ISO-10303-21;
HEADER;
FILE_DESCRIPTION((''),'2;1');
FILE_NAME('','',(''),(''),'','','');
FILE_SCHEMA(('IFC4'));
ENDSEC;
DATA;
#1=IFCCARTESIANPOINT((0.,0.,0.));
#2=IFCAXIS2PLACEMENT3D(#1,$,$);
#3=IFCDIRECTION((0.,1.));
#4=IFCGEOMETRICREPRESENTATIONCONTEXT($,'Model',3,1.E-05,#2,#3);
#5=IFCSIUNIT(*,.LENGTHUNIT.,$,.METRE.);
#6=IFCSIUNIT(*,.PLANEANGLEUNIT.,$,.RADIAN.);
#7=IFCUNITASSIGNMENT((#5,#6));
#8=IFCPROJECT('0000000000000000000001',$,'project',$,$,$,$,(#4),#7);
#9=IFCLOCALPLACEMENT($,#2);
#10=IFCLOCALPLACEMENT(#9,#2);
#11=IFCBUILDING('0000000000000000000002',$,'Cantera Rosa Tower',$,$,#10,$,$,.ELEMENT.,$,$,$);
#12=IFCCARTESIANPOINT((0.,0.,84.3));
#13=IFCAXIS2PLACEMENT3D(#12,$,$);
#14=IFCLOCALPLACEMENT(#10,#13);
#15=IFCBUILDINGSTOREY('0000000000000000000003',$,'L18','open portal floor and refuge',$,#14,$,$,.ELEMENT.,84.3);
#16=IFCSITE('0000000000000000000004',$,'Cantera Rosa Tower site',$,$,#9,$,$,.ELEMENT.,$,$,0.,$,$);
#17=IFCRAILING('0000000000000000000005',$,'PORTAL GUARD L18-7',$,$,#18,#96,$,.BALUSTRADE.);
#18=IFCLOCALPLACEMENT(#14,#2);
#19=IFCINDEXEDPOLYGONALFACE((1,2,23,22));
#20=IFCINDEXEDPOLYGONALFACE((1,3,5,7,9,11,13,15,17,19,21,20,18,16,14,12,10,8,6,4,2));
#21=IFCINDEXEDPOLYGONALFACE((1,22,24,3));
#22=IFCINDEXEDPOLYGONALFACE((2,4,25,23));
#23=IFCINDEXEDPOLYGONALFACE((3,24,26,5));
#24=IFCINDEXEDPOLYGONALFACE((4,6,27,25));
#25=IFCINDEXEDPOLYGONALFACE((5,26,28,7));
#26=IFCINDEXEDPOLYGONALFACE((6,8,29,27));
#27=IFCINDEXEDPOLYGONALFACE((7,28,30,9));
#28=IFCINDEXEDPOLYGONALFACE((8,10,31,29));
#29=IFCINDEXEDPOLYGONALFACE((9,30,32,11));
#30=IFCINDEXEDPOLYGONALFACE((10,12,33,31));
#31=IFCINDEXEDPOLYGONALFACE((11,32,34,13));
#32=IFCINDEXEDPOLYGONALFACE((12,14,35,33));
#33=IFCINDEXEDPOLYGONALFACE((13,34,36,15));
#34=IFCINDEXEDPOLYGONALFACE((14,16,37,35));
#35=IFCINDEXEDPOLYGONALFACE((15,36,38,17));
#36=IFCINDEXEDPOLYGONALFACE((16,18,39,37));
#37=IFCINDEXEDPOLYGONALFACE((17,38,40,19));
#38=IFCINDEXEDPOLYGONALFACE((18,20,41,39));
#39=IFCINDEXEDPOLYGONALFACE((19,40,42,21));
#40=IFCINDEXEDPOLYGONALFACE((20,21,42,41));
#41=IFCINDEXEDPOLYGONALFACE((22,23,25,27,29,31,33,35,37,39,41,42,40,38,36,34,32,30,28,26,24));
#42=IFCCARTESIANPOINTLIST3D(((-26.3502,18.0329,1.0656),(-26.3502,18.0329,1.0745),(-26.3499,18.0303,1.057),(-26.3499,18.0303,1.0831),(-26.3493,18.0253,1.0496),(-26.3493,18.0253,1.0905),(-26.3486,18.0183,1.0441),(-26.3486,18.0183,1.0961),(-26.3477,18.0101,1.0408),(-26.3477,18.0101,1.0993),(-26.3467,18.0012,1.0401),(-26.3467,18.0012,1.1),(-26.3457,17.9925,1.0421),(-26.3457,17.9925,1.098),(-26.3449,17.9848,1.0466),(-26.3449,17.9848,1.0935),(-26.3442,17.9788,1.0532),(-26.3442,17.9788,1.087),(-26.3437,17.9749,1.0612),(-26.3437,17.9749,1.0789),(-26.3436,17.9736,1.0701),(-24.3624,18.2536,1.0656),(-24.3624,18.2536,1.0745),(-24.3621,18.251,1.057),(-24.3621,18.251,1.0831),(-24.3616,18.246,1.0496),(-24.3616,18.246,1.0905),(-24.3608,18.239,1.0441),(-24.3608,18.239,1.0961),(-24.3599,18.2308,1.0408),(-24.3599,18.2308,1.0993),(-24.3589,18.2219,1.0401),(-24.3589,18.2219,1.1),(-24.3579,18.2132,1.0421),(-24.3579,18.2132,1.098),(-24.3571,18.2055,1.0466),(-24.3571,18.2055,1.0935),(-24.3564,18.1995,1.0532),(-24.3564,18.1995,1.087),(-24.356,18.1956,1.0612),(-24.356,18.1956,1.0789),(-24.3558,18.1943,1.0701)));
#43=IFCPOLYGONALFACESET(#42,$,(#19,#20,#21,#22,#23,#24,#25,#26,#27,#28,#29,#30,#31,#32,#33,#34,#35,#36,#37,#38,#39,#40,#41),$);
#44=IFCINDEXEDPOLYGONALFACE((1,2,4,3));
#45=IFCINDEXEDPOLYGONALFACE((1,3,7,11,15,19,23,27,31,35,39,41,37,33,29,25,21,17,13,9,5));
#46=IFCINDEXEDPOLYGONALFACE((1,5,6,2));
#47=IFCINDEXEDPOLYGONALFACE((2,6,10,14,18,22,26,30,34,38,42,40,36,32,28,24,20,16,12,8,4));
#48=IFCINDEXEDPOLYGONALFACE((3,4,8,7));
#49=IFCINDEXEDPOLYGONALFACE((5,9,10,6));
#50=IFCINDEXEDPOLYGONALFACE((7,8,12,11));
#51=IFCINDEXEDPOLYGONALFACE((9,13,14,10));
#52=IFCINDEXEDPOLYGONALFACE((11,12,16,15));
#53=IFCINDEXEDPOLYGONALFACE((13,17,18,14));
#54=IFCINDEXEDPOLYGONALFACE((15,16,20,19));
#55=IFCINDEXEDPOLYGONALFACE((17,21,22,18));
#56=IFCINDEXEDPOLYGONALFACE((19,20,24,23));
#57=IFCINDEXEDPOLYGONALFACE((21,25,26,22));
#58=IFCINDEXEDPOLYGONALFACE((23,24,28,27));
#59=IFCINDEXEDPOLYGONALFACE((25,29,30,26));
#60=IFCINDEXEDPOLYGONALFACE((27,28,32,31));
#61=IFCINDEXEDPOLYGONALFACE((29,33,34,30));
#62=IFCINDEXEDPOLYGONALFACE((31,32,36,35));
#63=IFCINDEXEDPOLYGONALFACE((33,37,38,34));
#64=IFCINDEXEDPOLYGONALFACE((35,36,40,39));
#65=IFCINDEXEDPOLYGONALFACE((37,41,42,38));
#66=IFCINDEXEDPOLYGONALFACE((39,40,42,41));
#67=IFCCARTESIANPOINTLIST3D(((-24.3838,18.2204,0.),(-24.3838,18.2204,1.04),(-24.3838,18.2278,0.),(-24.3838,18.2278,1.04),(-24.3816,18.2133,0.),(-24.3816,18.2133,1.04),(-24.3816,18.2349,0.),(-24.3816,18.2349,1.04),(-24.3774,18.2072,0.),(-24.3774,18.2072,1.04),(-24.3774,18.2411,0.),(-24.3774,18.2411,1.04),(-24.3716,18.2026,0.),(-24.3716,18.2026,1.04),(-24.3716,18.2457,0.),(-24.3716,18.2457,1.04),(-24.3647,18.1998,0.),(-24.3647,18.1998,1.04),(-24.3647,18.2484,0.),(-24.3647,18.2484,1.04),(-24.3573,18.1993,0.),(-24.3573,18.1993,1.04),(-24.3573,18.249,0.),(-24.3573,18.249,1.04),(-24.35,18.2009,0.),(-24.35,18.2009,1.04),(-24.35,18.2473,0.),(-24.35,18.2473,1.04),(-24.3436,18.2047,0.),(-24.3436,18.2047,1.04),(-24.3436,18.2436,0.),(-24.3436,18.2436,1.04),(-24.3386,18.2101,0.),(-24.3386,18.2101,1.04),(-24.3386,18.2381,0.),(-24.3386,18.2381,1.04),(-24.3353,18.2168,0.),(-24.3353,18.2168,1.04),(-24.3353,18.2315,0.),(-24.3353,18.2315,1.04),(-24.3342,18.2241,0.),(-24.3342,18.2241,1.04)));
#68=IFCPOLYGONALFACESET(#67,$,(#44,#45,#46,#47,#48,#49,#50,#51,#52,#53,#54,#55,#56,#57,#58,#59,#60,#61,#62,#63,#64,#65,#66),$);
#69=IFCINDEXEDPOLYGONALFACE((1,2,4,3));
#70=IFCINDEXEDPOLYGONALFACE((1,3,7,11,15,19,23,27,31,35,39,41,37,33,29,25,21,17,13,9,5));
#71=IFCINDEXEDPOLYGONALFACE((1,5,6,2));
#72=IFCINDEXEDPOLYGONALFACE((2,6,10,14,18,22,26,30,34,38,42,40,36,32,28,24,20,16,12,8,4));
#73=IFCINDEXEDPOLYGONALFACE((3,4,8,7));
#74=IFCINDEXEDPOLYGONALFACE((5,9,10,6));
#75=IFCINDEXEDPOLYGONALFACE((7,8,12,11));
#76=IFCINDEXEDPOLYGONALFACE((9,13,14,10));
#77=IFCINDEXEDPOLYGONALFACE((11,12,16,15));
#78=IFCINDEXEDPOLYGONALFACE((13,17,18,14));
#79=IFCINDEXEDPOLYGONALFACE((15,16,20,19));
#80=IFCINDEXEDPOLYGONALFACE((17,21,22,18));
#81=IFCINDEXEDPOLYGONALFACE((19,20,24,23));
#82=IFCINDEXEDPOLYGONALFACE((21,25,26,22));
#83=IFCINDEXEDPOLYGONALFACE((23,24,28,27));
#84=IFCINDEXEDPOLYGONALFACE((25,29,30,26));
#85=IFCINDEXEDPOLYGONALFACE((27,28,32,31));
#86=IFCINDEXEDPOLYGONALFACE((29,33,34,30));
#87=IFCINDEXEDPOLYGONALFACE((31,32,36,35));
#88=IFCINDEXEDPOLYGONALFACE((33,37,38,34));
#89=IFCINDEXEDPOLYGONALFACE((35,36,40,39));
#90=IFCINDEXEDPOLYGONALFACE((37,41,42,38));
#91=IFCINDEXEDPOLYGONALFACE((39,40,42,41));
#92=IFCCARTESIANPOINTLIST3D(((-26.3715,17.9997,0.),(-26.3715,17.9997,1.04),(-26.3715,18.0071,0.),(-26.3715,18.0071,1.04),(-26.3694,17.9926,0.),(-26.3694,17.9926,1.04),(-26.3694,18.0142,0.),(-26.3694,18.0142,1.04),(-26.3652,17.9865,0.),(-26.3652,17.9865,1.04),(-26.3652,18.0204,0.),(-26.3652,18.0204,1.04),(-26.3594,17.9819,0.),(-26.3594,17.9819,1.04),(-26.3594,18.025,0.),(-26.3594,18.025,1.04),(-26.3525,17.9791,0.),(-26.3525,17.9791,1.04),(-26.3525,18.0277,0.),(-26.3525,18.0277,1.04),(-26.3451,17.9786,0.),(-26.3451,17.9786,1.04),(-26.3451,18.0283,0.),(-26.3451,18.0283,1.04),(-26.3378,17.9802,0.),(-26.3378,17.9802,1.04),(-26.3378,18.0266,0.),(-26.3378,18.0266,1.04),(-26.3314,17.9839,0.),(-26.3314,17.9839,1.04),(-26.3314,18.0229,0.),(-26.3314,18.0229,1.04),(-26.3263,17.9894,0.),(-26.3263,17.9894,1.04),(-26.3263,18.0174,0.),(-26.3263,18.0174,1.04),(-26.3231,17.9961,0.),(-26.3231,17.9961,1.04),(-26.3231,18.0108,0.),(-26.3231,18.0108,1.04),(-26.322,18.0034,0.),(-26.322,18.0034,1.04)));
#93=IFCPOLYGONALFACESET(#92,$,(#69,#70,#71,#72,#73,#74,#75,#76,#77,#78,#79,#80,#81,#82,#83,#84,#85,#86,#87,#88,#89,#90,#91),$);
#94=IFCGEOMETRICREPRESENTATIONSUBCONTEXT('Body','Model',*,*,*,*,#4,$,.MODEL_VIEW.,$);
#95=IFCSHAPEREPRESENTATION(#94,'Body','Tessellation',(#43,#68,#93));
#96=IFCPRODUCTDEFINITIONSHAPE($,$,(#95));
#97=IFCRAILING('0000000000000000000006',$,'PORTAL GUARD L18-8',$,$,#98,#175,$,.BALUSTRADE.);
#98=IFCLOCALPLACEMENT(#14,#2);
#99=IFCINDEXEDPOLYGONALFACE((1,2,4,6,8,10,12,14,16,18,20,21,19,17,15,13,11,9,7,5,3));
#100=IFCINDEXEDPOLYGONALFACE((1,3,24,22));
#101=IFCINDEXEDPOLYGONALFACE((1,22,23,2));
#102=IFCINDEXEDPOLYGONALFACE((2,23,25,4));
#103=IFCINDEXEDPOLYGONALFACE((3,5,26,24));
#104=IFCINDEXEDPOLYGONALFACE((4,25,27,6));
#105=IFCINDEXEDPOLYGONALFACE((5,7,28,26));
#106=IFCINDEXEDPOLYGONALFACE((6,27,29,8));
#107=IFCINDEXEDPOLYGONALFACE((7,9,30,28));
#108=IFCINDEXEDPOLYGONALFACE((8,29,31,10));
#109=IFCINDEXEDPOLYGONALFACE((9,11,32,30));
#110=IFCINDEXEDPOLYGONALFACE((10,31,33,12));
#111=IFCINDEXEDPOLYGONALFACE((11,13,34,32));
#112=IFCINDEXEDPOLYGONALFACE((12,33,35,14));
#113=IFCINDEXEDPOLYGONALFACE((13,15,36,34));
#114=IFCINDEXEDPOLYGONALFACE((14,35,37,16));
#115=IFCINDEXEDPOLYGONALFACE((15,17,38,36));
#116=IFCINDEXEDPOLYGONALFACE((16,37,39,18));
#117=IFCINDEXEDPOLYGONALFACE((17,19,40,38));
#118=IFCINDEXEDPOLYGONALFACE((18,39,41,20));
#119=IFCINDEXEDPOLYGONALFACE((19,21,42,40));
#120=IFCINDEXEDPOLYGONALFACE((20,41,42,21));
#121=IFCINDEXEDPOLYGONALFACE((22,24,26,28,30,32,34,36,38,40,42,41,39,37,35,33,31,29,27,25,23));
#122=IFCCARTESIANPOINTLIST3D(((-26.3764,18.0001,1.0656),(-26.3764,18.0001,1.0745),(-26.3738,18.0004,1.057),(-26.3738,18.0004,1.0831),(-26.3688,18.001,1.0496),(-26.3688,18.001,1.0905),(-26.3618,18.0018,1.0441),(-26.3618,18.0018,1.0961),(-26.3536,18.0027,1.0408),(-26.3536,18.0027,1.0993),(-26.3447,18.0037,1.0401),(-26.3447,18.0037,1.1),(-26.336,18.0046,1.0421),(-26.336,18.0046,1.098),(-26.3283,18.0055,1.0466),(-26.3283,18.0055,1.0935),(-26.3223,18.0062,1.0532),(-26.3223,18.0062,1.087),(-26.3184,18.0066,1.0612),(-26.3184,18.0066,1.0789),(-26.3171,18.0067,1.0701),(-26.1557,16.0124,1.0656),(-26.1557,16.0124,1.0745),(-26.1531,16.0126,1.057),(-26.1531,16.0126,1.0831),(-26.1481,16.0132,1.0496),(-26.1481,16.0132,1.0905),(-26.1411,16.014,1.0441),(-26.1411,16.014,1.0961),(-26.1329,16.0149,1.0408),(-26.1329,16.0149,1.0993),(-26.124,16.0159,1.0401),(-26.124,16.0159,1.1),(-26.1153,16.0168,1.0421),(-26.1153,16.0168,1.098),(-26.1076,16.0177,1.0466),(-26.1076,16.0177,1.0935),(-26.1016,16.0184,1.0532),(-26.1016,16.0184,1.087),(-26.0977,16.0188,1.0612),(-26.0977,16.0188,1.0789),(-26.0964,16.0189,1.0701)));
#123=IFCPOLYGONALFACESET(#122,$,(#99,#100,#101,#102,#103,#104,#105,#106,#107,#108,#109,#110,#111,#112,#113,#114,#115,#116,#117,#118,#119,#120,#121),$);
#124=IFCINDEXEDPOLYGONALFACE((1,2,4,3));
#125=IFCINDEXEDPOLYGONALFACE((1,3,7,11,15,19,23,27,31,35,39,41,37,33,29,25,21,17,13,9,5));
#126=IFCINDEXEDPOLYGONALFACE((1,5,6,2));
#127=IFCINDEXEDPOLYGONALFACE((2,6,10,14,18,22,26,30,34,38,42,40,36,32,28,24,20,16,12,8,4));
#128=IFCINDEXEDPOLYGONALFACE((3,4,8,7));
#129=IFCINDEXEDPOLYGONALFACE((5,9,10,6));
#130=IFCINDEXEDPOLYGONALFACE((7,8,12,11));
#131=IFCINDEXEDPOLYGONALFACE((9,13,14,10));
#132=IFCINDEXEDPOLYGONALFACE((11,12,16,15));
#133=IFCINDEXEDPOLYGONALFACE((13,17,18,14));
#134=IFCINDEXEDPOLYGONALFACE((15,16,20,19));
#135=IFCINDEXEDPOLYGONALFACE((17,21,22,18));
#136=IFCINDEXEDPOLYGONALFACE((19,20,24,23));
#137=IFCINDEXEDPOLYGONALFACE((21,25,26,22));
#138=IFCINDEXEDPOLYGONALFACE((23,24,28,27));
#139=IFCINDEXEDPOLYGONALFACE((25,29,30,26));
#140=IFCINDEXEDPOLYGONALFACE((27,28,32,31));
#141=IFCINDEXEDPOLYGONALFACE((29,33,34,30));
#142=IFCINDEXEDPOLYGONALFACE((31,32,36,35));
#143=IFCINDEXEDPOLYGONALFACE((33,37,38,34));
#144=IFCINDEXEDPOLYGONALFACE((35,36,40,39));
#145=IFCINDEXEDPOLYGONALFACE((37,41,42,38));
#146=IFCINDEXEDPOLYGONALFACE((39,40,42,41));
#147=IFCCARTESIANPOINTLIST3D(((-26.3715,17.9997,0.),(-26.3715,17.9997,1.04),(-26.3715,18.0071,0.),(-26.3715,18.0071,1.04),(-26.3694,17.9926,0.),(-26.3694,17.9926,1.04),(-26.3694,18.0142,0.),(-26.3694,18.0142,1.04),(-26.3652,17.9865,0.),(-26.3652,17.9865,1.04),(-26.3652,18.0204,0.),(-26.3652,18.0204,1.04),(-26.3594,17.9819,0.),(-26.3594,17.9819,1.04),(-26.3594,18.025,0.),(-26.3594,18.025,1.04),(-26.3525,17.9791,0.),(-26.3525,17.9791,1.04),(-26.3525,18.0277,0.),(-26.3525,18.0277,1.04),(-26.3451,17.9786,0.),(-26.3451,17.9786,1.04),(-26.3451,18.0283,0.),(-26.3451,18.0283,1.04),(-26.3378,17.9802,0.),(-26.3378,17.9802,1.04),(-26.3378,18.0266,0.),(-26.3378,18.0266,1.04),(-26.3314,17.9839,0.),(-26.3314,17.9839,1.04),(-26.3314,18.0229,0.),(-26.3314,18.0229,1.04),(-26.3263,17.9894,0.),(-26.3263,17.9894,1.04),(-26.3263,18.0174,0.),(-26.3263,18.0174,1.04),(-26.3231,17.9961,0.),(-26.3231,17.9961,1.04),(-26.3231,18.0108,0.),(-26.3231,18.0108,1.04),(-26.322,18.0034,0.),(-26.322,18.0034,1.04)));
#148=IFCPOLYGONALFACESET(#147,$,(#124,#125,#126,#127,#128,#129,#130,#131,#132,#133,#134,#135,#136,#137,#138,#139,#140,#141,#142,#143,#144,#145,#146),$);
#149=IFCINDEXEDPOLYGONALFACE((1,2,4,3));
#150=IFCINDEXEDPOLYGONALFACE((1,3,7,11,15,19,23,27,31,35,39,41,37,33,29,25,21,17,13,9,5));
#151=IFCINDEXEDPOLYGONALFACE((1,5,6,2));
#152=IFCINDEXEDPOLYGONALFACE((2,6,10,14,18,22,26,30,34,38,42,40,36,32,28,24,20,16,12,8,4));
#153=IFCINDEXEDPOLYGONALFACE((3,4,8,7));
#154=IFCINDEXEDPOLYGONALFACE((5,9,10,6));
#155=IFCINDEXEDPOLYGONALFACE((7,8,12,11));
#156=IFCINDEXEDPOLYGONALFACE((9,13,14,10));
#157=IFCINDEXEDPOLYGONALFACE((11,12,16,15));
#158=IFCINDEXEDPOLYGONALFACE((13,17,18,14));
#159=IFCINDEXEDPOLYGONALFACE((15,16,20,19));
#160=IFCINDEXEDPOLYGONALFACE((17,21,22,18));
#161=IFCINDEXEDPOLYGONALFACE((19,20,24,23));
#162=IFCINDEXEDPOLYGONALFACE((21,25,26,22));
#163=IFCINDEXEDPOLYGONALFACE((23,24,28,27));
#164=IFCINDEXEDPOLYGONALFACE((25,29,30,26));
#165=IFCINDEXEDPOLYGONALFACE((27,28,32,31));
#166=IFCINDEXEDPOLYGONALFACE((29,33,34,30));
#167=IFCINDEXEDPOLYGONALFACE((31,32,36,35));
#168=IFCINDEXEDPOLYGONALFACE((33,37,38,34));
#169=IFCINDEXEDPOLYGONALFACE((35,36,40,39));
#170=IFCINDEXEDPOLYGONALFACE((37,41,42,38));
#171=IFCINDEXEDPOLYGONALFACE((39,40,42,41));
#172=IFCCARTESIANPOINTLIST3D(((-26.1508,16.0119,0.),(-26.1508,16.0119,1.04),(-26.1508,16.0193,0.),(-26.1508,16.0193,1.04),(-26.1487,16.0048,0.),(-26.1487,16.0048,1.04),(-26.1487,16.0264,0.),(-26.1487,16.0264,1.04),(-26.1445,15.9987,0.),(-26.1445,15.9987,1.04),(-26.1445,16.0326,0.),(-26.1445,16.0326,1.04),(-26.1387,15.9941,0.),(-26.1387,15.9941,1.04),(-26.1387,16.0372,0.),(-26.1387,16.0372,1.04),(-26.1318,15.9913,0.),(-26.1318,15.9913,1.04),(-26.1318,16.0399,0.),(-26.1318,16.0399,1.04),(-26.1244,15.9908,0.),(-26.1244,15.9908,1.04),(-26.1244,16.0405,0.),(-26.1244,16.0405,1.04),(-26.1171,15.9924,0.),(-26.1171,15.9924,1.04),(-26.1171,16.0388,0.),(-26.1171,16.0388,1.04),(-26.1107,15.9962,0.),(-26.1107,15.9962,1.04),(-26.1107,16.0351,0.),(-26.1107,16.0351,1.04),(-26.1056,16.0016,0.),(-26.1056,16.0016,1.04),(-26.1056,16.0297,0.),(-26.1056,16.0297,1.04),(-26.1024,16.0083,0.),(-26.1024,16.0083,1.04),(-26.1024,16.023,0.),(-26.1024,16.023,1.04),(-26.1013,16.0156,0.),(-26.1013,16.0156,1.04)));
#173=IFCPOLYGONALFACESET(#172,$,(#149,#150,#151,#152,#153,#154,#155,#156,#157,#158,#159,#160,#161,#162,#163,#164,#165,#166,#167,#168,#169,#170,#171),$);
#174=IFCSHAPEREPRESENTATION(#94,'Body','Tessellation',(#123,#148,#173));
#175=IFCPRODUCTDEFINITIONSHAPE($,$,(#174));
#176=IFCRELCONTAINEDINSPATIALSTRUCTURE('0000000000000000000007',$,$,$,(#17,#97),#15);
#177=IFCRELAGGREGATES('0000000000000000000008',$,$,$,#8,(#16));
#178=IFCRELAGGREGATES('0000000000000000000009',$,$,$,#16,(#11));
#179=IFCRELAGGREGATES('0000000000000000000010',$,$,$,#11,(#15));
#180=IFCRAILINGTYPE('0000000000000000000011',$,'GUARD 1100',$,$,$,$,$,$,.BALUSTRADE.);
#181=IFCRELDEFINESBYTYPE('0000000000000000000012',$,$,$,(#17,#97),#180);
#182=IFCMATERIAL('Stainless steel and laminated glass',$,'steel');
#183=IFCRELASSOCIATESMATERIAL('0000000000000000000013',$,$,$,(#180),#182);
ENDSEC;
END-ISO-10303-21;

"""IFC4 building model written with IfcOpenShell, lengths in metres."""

from ifc_helpers import new_model, si_unit, direction, frame, origin, origin_2d, place, context, subcontext, project, spatial, circle, extrude, material, type_object, element, save


model = new_model("IFC4")

# Units and contexts
model_context = context("Model", 3, precision=1e-05, world=origin(), true_north=direction((0.0, 1.0)))
body_context = subcontext(model_context, "Body", "Model", "MODEL_VIEW")
ifc_project = project(units=[si_unit("LENGTHUNIT", "METRE"), si_unit("PLANEANGLEUNIT", "RADIAN")], contexts=[model_context])

# Site, building, storey
site_placement = place(None, origin())
site = spatial("IfcSite", under=ifc_project, at=site_placement, Name="Cantera Rosa Tower site", CompositionType="ELEMENT", RefElevation=0.0)
building_placement = place(site_placement, origin())
building = spatial("IfcBuilding", under=site, at=building_placement, Name="Cantera Rosa Tower", CompositionType="ELEMENT")
storey_placement = place(building_placement, frame((0.0, 0.0, 84.3)))
storey = spatial("IfcBuildingStorey", under=building, at=storey_placement, Name="L18", Description="open portal floor and refuge", CompositionType="ELEMENT", Elevation=84.3)

# Railings
ifc_material_1 = material(Name="Stainless steel and laminated glass", Category="steel")
railing_type_1 = type_object("IfcRailingType", Name="GUARD 1100", PredefinedType="BALUSTRADE", material=ifc_material_1)
railing_1_placement = place(storey_placement, frame((-24.3591, 18.2241, 0.0)))
element("IfcRailing", 1, at=railing_1_placement, inside=storey, type_object=railing_type_1, Name="PORTAL GUARD L18-7", PredefinedType="BALUSTRADE", context=body_context, shape_type="SweptSolid", body=[
    extrude(circle(Radius=0.03, at=origin_2d()), frame((0.0, 0.0, 1.0701), z_axis=(-0.993893, -0.110351, 0.0), x_axis=(0.110351, -0.993893, 0.0)), (0.0, 0.0, 1.0), 2.0),
    extrude(circle(Radius=0.0249, at=origin_2d()), origin(), (0.0, 0.0, 1.0), 1.04),
    extrude(circle(Radius=0.0249, at=origin_2d()), frame((-1.9878, -0.2207, 0.0)), (0.0, 0.0, 1.0), 1.04),
])
railing_2_placement = place(storey_placement, frame((-26.3469, 18.0034, 0.0)))
element("IfcRailing", 2, at=railing_2_placement, inside=storey, type_object=railing_type_1, Name="PORTAL GUARD L18-8", PredefinedType="BALUSTRADE", context=body_context, shape_type="SweptSolid", body=[
    extrude(circle(Radius=0.03, at=origin_2d()), frame((0.0, 0.0, 1.0701), z_axis=(0.110351, -0.993893, 0.0), x_axis=(0.993893, 0.110351, 0.0)), (0.0, 0.0, 1.0), 2.0),
    extrude(circle(Radius=0.0249, at=origin_2d()), origin(), (0.0, 0.0, 1.0), 1.04),
    extrude(circle(Radius=0.0249, at=origin_2d()), frame((0.2207, -1.9878, 0.0)), (0.0, 0.0, 1.0), 1.04),
])

save(model, "model.ifc")
